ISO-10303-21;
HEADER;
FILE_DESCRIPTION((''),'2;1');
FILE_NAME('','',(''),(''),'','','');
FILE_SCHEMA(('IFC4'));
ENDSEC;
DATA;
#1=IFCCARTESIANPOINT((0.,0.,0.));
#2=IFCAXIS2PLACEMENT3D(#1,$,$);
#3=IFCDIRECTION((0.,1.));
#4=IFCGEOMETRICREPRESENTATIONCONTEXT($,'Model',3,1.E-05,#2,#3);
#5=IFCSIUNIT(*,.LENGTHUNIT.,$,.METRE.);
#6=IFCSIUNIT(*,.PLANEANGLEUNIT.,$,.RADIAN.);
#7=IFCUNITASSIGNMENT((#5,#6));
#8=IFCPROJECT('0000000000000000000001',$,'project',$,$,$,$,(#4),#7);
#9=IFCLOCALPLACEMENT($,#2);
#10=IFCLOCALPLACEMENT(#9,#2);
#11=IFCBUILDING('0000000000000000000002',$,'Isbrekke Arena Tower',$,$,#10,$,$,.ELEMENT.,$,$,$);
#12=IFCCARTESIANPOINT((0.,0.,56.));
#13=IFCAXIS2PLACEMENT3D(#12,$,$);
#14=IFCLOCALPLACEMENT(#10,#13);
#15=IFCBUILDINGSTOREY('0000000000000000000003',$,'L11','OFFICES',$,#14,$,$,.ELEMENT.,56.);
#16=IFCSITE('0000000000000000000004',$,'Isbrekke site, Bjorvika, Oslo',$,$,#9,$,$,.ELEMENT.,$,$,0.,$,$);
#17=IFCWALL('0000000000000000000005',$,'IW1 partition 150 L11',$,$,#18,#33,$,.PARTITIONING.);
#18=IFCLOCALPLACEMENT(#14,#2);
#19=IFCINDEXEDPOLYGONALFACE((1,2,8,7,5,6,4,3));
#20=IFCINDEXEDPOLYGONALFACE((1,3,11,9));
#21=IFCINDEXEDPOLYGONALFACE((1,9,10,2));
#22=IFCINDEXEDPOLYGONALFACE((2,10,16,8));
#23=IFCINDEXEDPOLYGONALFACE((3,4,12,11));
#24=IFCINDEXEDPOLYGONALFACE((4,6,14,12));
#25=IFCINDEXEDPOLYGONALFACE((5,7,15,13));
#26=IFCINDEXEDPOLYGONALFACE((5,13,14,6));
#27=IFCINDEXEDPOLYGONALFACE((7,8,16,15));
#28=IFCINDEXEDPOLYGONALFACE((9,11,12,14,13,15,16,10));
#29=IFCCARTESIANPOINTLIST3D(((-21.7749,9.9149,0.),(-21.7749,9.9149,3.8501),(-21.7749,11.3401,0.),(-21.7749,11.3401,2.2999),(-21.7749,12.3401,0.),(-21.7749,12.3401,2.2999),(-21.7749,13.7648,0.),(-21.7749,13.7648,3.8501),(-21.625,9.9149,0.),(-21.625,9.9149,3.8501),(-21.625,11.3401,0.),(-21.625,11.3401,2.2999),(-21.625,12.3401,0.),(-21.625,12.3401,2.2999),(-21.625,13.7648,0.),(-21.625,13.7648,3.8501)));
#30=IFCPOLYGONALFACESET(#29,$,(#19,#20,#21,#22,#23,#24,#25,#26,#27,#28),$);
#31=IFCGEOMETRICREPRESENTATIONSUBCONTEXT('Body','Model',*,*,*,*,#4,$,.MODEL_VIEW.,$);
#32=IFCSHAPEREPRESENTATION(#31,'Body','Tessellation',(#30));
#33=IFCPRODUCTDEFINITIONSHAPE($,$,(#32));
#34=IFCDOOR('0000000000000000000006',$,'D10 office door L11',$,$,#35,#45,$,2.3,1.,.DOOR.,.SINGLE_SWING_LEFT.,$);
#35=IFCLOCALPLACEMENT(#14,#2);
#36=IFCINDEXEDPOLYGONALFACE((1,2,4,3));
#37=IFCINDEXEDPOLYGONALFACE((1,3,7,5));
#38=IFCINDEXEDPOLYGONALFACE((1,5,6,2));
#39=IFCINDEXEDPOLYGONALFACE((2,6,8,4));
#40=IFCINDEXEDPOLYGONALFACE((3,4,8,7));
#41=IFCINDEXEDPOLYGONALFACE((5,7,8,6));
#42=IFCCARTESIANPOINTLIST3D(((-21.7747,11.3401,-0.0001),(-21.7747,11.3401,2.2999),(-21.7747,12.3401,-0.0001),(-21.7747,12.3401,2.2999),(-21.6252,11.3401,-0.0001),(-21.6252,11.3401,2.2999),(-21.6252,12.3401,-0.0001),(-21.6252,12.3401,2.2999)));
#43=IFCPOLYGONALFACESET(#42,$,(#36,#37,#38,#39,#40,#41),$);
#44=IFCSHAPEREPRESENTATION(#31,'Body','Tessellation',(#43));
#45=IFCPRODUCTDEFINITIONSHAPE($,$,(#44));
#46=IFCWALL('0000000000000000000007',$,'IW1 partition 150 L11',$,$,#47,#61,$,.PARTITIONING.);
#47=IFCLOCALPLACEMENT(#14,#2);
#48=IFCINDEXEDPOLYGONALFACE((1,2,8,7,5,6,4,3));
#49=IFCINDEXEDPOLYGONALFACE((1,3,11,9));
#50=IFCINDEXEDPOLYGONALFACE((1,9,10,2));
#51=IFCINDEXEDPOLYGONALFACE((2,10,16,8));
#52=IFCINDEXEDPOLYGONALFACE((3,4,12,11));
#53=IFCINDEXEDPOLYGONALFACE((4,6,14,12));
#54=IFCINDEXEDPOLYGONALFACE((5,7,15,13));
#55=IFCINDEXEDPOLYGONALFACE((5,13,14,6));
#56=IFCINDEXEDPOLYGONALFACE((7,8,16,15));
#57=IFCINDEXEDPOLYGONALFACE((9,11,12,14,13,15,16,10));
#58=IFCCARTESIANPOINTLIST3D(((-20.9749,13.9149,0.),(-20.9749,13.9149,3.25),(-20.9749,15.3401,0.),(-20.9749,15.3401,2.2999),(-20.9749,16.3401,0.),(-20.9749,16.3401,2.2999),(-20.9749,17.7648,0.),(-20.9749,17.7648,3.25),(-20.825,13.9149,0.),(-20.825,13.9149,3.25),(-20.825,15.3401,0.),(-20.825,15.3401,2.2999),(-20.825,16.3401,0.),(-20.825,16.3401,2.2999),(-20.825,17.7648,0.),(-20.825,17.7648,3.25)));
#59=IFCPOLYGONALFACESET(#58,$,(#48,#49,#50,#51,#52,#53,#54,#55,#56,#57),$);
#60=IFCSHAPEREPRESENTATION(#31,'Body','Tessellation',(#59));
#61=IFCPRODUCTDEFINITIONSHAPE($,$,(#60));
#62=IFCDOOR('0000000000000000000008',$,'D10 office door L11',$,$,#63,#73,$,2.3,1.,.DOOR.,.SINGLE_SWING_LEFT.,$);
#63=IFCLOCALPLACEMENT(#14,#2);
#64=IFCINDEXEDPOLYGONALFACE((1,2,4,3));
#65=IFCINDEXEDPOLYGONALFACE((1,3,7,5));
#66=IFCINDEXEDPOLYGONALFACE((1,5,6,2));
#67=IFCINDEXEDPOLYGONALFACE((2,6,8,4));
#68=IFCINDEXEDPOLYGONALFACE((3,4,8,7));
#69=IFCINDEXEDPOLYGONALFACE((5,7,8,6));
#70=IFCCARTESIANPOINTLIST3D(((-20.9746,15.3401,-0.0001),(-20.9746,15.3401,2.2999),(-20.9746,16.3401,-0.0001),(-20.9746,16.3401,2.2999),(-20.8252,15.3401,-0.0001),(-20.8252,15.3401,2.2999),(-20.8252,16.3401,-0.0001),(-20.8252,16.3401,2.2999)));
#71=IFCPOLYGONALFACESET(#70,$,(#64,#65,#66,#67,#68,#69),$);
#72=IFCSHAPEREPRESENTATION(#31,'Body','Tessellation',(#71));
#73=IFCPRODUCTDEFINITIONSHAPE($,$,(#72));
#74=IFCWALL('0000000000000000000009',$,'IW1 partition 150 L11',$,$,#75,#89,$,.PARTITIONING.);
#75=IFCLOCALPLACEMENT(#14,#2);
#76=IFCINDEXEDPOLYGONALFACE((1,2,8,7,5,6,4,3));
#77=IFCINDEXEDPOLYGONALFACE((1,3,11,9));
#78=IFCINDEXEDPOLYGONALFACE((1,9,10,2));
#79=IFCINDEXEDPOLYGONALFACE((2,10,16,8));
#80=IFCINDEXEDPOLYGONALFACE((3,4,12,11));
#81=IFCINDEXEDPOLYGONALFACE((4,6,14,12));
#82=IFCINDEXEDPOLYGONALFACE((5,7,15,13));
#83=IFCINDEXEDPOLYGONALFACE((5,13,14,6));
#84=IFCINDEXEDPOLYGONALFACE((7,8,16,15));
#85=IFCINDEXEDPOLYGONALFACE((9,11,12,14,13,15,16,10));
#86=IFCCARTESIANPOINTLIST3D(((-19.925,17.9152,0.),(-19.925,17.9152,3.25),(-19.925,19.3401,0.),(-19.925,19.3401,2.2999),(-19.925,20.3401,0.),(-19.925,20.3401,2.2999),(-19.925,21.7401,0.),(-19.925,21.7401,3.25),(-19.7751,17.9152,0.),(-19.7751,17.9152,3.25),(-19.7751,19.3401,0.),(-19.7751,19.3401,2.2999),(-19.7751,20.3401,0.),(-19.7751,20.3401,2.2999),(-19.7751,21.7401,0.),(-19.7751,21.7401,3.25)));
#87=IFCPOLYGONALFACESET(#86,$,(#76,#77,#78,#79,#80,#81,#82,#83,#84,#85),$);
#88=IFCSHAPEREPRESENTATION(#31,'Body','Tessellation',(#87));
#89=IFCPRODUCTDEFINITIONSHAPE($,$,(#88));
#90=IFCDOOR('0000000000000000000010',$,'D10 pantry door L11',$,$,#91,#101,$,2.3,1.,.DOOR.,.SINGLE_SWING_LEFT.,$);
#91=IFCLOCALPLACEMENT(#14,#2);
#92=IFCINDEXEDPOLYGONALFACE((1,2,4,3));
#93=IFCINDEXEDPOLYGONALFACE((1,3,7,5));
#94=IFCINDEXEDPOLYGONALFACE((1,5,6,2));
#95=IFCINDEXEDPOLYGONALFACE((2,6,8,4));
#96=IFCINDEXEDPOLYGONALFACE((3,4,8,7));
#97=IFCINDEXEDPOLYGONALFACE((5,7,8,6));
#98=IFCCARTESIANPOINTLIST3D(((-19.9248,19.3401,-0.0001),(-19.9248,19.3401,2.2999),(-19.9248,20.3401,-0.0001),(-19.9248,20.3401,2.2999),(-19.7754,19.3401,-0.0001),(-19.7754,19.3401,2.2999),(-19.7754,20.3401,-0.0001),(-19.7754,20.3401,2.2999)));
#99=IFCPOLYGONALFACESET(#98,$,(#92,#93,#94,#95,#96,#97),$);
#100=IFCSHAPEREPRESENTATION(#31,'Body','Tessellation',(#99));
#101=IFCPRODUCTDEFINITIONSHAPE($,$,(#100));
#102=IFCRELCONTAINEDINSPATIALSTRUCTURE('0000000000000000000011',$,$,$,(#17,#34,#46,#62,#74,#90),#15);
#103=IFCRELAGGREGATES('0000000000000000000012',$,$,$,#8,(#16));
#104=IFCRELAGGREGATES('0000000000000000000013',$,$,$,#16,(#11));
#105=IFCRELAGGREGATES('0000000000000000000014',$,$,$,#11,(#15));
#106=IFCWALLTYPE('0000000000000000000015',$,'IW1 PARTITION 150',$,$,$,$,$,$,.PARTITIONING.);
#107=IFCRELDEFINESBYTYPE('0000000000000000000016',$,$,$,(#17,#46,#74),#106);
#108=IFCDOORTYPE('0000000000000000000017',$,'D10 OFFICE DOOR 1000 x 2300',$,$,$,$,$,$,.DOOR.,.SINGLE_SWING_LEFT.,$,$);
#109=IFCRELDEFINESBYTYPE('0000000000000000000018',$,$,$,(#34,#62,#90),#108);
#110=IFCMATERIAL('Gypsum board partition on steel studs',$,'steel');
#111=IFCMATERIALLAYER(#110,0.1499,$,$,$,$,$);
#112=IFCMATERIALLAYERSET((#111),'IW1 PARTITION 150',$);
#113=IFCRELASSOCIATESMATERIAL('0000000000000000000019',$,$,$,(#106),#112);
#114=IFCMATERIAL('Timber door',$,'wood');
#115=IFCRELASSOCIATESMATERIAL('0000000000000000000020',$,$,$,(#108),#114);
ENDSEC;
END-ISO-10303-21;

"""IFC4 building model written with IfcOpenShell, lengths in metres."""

from ifc_helpers import new_model, si_unit, direction, frame, frame_2d, origin, place, context, subcontext, project, spatial, rectangle, extrude, material, layer, layer_set, type_object, element, fill, save


model = new_model("IFC4")

# Units and contexts
model_context = context("Model", 3, precision=1e-05, world=origin(), true_north=direction((0.0, 1.0)))
body_context = subcontext(model_context, "Body", "Model", "MODEL_VIEW")
ifc_project = project(units=[si_unit("LENGTHUNIT", "METRE"), si_unit("PLANEANGLEUNIT", "RADIAN")], contexts=[model_context])

# Site, building, storey
site_placement = place(None, origin())
site = spatial("IfcSite", under=ifc_project, at=site_placement, Name="Isbrekke site, Bjorvika, Oslo", CompositionType="ELEMENT", RefElevation=0.0)
building_placement = place(site_placement, origin())
building = spatial("IfcBuilding", under=site, at=building_placement, Name="Isbrekke Arena Tower", CompositionType="ELEMENT")
storey_placement = place(building_placement, frame((0.0, 0.0, 56.0)))
storey = spatial("IfcBuildingStorey", under=building, at=storey_placement, Name="L11", Description="OFFICES", CompositionType="ELEMENT", Elevation=56.0)

# Shared definitions
ifc_material_1 = material(Name="Gypsum board partition on steel studs", Category="steel")
ifc_layer_1 = layer(ifc_material_1, 0.1499)
ifc_layer_set_1 = layer_set([ifc_layer_1], Name="IW1 PARTITION 150")
wall_type_1 = type_object("IfcWallType", Name="IW1 PARTITION 150", PredefinedType="PARTITIONING", material=ifc_layer_set_1)

# Walls, openings, doors
wall_1_placement = place(storey_placement, frame((-21.7, 9.915, 0.0), z_axis=(0.0, 0.0, 1.0), x_axis=(0.0, 1.0, 0.0)))
wall_1 = element("IfcWall", 1, at=wall_1_placement, inside=storey, type_object=wall_type_1, Name="IW1 partition 150 L11", PredefinedType="PARTITIONING", context=body_context, shape_type="SweptSolid", body=[
    extrude(rectangle(XDim=3.8499, YDim=0.1499, at=frame_2d((1.9248, 0.0))), origin(), (0.0, 0.0, 1.0), 3.8501),
])
opening_1_placement = place(wall_1_placement, frame((1.425, 0.0, 0.0)))
opening_1 = element("IfcOpeningElement", 2, at=opening_1_placement, cuts=wall_1, PredefinedType="OPENING", context=body_context, shape_type="SweptSolid", body=[
    extrude(rectangle(XDim=1.0, YDim=2.3, at=frame_2d((0.5, 1.1499))), frame((0.0, 0.0898, 0.0), z_axis=(0.0, -1.0, 0.0), x_axis=(1.0, 0.0, 0.0)), (0.0, 0.0, 1.0), 0.1797),
])
ifc_material_2 = material(Name="Timber door", Category="wood")
door_type_1 = type_object("IfcDoorType", Name="D10 OFFICE DOOR 1000 x 2300", OperationType="SINGLE_SWING_LEFT", PredefinedType="DOOR", material=ifc_material_2)
door_1_placement = place(opening_1_placement, origin())
door_1 = element("IfcDoor", 3, at=door_1_placement, inside=storey, type_object=door_type_1, Name="D10 office door L11", OperationType="SINGLE_SWING_LEFT", OverallHeight=2.3, OverallWidth=1.0, PredefinedType="DOOR", context=body_context, shape_type="SweptSolid", body=[
    extrude(rectangle(XDim=1.0, YDim=2.3, at=frame_2d((0.5, 1.1499))), frame((0.0, 0.0747, 0.0), z_axis=(0.0, -1.0, 0.0), x_axis=(1.0, 0.0, 0.0)), (0.0, 0.0, 1.0), 0.1494),
])
fill(opening_1, door_1)
wall_2_placement = place(storey_placement, frame((-20.8999, 13.915, 0.0), z_axis=(0.0, 0.0, 1.0), x_axis=(0.0, 1.0, 0.0)))
wall_2 = element("IfcWall", 4, at=wall_2_placement, inside=storey, type_object=wall_type_1, Name="IW1 partition 150 L11", PredefinedType="PARTITIONING", context=body_context, shape_type="SweptSolid", body=[
    extrude(rectangle(XDim=3.8499, YDim=0.1499, at=frame_2d((1.9248, 0.0))), origin(), (0.0, 0.0, 1.0), 3.25),
])
opening_2_placement = place(wall_2_placement, frame((1.425, 0.0, 0.0)))
opening_2 = element("IfcOpeningElement", 5, at=opening_2_placement, cuts=wall_2, PredefinedType="OPENING", context=body_context, shape_type="SweptSolid", body=[
    extrude(rectangle(XDim=1.0, YDim=2.3, at=frame_2d((0.5, 1.1499))), frame((0.0, 0.0898, 0.0), z_axis=(0.0, -1.0, 0.0), x_axis=(1.0, 0.0, 0.0)), (0.0, 0.0, 1.0), 0.1797),
])
door_2_placement = place(opening_2_placement, origin())
door_2 = element("IfcDoor", 6, at=door_2_placement, inside=storey, type_object=door_type_1, Name="D10 office door L11", OperationType="SINGLE_SWING_LEFT", OverallHeight=2.3, OverallWidth=1.0, PredefinedType="DOOR", context=body_context, shape_type="SweptSolid", body=[
    extrude(rectangle(XDim=1.0, YDim=2.3, at=frame_2d((0.5, 1.1499))), frame((0.0, 0.0747, 0.0), z_axis=(0.0, -1.0, 0.0), x_axis=(1.0, 0.0, 0.0)), (0.0, 0.0, 1.0), 0.1494),
])
fill(opening_2, door_2)
wall_3_placement = place(storey_placement, frame((-19.8501, 17.915, 0.0), z_axis=(0.0, 0.0, 1.0), x_axis=(0.0, 1.0, 0.0)))
wall_3 = element("IfcWall", 7, at=wall_3_placement, inside=storey, type_object=wall_type_1, Name="IW1 partition 150 L11", PredefinedType="PARTITIONING", context=body_context, shape_type="SweptSolid", body=[
    extrude(rectangle(XDim=3.825, YDim=0.1499, at=frame_2d((1.9126, 0.0))), origin(), (0.0, 0.0, 1.0), 3.25),
])
opening_3_placement = place(wall_3_placement, frame((1.425, 0.0, 0.0)))
opening_3 = element("IfcOpeningElement", 8, at=opening_3_placement, cuts=wall_3, PredefinedType="OPENING", context=body_context, shape_type="SweptSolid", body=[
    extrude(rectangle(XDim=1.0, YDim=2.3, at=frame_2d((0.5, 1.1499))), frame((0.0, 0.0898, 0.0), z_axis=(0.0, -1.0, 0.0), x_axis=(1.0, 0.0, 0.0)), (0.0, 0.0, 1.0), 0.1797),
])
door_3_placement = place(opening_3_placement, origin())
door_3 = element("IfcDoor", 9, at=door_3_placement, inside=storey, type_object=door_type_1, Name="D10 pantry door L11", OperationType="SINGLE_SWING_LEFT", OverallHeight=2.3, OverallWidth=1.0, PredefinedType="DOOR", context=body_context, shape_type="SweptSolid", body=[
    extrude(rectangle(XDim=1.0, YDim=2.3, at=frame_2d((0.5, 1.1499))), frame((0.0, 0.0747, 0.0), z_axis=(0.0, -1.0, 0.0), x_axis=(1.0, 0.0, 0.0)), (0.0, 0.0, 1.0), 0.1494),
])
fill(opening_3, door_3)

save(model, "model.ifc")
